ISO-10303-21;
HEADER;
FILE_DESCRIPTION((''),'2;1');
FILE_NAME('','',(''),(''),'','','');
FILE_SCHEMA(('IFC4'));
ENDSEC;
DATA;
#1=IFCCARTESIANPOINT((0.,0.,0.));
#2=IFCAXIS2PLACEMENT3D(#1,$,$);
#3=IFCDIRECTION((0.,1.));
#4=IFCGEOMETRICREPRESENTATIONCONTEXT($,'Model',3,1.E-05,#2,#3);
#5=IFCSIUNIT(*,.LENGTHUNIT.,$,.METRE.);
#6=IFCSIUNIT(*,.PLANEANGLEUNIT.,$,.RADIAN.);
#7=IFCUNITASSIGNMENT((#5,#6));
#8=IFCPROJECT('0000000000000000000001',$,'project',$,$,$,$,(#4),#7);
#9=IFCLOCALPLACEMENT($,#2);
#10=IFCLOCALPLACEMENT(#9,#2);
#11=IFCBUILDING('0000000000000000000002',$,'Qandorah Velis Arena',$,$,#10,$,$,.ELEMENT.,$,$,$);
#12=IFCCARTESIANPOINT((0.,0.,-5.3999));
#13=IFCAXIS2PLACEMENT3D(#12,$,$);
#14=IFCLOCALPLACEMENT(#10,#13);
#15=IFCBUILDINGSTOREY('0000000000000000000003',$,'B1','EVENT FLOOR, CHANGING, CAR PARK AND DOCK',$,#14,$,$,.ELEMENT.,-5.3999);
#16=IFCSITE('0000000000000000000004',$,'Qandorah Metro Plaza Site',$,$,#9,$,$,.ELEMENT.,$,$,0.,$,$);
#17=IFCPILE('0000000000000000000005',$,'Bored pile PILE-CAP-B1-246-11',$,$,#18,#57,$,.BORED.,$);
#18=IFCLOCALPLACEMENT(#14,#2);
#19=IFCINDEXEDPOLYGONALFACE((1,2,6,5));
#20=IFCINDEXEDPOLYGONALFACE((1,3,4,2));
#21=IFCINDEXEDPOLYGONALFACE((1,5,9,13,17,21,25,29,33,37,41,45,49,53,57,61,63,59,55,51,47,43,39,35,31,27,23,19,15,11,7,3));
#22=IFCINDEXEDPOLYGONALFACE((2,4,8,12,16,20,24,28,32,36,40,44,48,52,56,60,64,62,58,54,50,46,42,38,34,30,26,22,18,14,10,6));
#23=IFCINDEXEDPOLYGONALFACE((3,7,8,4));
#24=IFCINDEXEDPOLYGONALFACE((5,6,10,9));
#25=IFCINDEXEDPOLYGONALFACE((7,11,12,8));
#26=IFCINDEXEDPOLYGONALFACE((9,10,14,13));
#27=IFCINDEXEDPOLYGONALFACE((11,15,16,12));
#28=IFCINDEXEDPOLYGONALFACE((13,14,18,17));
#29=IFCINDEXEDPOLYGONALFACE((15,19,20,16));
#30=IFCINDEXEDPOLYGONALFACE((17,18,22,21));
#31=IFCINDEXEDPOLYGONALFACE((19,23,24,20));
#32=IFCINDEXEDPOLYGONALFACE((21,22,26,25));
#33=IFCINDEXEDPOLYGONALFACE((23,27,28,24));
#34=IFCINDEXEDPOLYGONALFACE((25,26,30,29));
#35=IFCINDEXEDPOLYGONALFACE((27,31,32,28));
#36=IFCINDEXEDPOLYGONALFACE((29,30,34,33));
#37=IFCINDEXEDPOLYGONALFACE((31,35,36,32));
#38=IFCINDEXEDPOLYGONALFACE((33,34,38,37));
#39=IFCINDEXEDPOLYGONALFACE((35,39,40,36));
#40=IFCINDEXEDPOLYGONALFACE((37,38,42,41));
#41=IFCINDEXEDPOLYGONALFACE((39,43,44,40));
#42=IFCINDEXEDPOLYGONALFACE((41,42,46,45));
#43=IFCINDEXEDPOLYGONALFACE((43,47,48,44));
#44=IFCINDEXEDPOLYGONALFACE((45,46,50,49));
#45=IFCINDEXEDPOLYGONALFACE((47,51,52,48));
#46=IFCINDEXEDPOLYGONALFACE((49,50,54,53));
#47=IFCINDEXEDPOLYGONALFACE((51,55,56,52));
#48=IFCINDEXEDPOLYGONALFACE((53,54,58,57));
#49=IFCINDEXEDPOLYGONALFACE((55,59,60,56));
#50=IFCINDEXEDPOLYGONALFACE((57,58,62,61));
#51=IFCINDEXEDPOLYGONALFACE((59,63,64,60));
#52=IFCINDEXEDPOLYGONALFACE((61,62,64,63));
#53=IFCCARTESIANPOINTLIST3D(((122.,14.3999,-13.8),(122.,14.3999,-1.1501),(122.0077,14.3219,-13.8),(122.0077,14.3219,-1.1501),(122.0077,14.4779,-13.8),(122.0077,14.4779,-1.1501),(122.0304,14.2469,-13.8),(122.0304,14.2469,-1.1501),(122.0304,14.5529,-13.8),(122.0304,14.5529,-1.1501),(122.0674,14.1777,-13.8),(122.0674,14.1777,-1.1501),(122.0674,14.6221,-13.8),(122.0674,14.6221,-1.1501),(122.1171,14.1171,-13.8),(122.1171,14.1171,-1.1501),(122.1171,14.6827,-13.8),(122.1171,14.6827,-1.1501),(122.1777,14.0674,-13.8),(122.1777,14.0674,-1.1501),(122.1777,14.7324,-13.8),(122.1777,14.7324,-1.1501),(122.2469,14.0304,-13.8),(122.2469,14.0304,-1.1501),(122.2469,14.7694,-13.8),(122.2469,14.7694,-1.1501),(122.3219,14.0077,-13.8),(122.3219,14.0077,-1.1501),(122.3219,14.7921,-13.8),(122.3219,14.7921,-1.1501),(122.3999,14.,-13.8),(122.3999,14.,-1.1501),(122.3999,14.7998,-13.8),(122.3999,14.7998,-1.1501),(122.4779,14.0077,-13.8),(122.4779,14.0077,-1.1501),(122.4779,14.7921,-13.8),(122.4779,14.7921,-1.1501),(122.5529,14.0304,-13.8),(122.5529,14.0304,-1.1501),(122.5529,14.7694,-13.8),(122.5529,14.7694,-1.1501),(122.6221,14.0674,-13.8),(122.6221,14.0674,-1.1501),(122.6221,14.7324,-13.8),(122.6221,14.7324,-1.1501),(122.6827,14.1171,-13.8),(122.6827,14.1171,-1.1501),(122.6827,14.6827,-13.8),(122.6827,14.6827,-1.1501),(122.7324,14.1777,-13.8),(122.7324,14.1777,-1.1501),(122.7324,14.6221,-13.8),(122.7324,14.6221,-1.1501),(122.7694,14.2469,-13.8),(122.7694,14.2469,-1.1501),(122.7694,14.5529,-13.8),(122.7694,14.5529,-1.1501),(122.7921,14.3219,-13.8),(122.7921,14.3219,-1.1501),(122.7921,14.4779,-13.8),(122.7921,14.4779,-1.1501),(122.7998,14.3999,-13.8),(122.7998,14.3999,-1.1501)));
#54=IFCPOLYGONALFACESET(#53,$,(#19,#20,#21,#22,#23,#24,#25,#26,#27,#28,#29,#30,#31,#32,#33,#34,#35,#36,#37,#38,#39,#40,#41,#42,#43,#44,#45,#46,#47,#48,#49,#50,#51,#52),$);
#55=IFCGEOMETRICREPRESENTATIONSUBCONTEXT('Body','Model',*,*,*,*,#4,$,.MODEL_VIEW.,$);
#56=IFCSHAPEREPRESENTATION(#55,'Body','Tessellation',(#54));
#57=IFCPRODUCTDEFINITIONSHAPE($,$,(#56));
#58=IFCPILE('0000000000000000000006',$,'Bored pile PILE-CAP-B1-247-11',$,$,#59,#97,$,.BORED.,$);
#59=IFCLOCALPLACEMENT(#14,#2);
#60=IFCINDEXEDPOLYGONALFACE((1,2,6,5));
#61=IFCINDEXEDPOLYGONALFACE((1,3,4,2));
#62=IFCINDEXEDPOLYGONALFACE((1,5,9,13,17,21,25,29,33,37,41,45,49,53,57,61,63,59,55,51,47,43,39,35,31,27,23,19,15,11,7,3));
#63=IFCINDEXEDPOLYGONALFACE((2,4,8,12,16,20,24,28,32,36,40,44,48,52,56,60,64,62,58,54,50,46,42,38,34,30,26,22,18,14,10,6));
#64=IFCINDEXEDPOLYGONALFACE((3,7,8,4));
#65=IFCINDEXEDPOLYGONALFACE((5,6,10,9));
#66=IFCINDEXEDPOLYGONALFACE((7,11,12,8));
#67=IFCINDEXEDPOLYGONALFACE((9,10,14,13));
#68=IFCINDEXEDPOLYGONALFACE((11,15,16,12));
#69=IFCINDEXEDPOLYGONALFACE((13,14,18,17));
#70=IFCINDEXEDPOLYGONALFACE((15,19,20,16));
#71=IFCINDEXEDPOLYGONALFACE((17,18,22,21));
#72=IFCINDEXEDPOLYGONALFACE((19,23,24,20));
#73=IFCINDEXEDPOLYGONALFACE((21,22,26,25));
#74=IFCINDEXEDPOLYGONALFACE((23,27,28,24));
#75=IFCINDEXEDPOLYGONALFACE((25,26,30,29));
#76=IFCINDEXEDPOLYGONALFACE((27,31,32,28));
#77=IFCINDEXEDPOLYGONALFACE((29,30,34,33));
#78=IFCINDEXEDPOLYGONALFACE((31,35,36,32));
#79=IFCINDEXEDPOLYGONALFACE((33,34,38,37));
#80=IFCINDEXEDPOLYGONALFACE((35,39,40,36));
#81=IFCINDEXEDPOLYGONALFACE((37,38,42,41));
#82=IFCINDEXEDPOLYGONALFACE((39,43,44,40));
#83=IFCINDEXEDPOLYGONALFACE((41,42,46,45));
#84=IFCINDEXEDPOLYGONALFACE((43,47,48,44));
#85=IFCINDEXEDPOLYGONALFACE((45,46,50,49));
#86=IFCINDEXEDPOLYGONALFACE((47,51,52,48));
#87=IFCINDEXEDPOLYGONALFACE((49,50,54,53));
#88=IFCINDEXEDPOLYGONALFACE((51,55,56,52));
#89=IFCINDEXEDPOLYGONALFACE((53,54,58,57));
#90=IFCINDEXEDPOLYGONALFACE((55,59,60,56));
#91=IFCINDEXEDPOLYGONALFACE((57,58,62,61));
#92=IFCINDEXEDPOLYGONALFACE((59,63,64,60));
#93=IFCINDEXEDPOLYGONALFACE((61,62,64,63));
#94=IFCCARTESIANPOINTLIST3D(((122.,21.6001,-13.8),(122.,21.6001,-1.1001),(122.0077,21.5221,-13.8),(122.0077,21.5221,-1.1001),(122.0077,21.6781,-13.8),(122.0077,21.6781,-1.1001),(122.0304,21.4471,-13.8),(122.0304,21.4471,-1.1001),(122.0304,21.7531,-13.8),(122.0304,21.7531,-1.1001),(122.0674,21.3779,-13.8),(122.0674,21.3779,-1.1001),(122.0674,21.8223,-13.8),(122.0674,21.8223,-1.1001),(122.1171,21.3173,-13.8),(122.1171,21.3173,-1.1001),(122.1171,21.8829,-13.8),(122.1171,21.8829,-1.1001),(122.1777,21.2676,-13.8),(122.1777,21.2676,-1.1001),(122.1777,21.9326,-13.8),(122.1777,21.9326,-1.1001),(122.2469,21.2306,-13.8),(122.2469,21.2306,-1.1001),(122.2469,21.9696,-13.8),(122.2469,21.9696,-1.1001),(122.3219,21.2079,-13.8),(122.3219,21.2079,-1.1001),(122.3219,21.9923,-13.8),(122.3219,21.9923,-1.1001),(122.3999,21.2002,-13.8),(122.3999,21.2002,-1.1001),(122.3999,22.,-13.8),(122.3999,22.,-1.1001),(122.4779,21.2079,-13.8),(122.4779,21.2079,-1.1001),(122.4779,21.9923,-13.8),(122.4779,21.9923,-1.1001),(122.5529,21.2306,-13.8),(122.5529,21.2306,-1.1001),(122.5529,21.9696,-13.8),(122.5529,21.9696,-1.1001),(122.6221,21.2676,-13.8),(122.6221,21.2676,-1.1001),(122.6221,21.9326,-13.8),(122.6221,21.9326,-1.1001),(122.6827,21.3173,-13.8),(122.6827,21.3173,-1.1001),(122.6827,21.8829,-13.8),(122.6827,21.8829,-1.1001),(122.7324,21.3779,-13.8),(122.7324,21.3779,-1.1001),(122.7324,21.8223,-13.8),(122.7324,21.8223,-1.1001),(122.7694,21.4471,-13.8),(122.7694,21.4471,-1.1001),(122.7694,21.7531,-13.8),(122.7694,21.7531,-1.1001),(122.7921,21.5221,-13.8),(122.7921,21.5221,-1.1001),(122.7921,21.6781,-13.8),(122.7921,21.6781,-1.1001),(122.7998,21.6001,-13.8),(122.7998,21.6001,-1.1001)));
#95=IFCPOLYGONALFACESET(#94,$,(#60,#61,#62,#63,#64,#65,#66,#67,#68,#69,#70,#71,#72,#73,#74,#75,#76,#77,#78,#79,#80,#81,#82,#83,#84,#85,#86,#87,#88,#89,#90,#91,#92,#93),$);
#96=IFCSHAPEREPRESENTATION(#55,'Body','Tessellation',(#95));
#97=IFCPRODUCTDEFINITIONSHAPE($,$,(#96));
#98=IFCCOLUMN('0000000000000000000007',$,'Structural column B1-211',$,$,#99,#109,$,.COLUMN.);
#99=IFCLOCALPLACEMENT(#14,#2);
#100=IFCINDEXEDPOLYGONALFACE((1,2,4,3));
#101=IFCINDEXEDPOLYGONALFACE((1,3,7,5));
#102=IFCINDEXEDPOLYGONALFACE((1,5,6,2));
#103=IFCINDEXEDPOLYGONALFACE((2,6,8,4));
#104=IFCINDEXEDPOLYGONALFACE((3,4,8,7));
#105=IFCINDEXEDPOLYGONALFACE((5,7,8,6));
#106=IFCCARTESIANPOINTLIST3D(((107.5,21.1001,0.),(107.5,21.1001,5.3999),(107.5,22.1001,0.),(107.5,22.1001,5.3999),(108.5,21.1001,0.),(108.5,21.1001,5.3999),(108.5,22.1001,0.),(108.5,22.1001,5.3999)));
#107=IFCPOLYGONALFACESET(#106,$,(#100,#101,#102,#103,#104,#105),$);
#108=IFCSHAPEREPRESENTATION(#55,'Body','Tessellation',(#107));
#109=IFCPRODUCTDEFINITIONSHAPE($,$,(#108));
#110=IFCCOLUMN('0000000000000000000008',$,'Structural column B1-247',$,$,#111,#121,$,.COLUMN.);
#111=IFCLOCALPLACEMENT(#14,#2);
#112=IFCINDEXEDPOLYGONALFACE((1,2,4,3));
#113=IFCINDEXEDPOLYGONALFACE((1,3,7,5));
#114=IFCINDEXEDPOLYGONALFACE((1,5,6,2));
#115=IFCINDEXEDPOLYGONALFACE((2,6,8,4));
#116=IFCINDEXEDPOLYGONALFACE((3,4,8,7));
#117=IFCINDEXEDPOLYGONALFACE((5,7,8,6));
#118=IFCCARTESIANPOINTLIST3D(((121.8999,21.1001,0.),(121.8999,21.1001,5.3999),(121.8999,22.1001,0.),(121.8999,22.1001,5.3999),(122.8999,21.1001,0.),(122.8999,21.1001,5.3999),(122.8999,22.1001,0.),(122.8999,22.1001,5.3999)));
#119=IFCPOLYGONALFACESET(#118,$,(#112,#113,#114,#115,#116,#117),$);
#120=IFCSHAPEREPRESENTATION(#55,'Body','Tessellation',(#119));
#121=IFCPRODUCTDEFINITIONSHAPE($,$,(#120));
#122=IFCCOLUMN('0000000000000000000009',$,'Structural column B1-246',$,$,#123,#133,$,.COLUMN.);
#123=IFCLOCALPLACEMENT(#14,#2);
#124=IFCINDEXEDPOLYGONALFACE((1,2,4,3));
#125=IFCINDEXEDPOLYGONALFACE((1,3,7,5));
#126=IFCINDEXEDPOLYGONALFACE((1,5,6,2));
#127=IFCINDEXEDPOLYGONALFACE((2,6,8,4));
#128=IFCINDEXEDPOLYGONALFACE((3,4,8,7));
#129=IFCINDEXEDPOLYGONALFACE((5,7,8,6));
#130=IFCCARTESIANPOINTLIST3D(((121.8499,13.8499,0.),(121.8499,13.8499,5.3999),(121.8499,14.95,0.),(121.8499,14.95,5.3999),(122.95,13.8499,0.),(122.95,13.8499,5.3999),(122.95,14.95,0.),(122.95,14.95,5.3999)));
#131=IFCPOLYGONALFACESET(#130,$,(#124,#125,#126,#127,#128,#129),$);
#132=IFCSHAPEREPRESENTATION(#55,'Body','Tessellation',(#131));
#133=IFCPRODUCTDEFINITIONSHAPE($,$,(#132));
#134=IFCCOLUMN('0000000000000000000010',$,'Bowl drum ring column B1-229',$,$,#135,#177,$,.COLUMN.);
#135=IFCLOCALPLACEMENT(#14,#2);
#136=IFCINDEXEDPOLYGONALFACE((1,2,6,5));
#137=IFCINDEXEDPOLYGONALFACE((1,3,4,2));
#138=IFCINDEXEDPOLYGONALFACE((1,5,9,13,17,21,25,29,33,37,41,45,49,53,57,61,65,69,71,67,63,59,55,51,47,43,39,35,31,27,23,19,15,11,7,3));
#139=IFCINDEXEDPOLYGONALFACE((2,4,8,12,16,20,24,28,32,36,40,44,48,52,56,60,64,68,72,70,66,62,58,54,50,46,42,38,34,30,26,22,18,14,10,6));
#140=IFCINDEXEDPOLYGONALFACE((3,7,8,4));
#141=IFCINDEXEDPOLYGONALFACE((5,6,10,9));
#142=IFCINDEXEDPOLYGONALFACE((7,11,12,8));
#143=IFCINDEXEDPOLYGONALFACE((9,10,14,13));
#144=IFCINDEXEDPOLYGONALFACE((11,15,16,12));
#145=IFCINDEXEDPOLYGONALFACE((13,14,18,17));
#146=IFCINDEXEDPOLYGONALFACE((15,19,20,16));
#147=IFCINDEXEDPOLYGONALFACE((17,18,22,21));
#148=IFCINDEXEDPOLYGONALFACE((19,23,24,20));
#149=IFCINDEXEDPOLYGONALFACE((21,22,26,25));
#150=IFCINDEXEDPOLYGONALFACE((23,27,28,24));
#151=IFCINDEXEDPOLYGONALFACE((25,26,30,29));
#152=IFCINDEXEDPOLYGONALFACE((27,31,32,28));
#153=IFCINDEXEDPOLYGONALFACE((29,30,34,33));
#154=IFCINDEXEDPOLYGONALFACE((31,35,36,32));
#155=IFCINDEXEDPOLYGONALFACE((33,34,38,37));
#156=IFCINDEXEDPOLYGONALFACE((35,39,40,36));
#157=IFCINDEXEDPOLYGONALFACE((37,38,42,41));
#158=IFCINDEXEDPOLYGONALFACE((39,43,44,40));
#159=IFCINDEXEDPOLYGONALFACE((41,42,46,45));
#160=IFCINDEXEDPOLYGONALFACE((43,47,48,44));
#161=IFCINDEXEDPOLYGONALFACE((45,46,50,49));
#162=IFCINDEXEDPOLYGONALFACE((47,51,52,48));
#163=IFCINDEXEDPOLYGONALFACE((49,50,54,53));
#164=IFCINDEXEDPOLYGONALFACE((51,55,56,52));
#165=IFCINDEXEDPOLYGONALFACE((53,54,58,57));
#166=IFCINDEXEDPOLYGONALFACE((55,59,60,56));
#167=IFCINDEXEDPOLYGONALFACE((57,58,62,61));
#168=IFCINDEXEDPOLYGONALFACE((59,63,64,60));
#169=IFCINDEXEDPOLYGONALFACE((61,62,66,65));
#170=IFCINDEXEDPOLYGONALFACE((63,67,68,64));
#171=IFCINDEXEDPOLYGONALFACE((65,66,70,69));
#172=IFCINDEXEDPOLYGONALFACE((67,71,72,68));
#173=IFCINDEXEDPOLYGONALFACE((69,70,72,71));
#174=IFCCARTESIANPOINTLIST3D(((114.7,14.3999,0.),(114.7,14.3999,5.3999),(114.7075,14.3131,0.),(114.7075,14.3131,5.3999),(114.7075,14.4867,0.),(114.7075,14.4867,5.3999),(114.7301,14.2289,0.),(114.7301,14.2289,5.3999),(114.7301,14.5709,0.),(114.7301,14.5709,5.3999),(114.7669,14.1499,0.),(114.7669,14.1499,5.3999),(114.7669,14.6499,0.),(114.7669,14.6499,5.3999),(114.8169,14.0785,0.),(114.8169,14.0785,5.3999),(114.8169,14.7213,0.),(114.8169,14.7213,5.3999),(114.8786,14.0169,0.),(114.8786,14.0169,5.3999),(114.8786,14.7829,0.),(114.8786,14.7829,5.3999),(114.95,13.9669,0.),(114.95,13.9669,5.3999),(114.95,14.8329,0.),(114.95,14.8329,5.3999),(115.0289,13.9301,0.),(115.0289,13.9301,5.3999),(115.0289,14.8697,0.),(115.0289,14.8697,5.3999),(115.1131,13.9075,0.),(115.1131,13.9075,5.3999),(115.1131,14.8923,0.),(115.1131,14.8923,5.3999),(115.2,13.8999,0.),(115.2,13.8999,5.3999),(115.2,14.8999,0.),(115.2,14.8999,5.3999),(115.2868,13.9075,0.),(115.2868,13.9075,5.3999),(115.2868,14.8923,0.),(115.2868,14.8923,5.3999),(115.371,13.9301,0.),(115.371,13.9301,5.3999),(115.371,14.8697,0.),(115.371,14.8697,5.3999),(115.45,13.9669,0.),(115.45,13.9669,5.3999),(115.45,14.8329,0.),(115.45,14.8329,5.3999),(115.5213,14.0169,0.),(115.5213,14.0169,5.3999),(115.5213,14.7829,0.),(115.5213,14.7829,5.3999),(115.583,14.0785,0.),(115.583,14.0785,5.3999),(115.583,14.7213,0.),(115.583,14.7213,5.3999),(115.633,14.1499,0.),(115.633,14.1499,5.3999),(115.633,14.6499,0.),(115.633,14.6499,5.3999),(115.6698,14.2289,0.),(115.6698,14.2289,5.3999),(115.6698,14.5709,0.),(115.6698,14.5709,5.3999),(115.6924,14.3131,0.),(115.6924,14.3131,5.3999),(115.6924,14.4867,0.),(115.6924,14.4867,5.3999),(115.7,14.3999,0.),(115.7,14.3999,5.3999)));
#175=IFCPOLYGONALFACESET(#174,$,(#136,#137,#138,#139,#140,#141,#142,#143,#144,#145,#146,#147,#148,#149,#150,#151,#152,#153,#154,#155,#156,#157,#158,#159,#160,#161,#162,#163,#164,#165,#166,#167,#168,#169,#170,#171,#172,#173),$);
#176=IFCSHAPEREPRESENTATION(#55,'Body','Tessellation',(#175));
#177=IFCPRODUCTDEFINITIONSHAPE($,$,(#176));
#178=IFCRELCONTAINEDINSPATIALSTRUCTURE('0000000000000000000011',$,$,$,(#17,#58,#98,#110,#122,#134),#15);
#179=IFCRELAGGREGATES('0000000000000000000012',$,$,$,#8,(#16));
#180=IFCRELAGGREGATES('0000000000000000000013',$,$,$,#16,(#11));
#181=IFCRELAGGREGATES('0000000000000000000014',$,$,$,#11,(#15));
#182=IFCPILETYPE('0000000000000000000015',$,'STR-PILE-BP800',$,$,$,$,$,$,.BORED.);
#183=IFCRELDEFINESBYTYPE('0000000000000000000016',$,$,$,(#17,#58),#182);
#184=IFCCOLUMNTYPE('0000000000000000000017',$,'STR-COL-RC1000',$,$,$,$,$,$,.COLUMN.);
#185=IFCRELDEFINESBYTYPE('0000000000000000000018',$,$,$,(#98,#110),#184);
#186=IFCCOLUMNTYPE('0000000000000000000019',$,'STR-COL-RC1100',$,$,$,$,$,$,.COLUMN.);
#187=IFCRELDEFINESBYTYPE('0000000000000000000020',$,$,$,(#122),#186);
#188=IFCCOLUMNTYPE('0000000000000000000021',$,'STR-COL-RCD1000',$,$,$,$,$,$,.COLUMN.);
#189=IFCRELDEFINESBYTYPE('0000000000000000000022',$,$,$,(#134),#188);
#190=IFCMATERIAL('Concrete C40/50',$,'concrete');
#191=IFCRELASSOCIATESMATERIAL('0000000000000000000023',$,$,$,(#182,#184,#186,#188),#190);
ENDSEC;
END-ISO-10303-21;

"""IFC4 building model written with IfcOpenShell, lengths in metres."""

from ifc_helpers import new_model, si_unit, direction, frame, origin, origin_2d, place, context, subcontext, project, spatial, rectangle, circle, extrude, material, material_profile, profile_set, type_object, element, save


model = new_model("IFC4")

# Units and contexts
model_context = context("Model", 3, precision=1e-05, world=origin(), true_north=direction((0.0, 1.0)))
body_context = subcontext(model_context, "Body", "Model", "MODEL_VIEW")
ifc_project = project(units=[si_unit("LENGTHUNIT", "METRE"), si_unit("PLANEANGLEUNIT", "RADIAN")], contexts=[model_context])

# Site, building, storey
site_placement = place(None, origin())
site = spatial("IfcSite", under=ifc_project, at=site_placement, Name="Qandorah Metro Plaza Site", CompositionType="ELEMENT", RefElevation=0.0)
building_placement = place(site_placement, origin())
building = spatial("IfcBuilding", under=site, at=building_placement, Name="Qandorah Velis Arena", CompositionType="ELEMENT")
storey_placement = place(building_placement, frame((0.0, 0.0, -5.3999)))
storey = spatial("IfcBuildingStorey", under=building, at=storey_placement, Name="B1", Description="EVENT FLOOR, CHANGING, CAR PARK AND DOCK", CompositionType="ELEMENT", Elevation=-5.3999)

# Shared definitions
ifc_material_1 = material(Name="Concrete C40/50", Category="concrete")

# Piles
ifc_material_profile_1 = material_profile(ifc_material_1, circle(Radius=0.3999, at=origin_2d()), Name="BORED PILE D800")
ifc_profile_set_1 = profile_set([ifc_material_profile_1], Name="Concrete C40/50")
pile_type_1 = type_object("IfcPileType", Name="STR-PILE-BP800", PredefinedType="BORED", material=ifc_profile_set_1)
pile_1_placement = place(storey_placement, frame((122.3999, 14.3999, -1.1501), z_axis=(0.0, 0.0, -1.0), x_axis=(1.0, 0.0, 0.0)))
element("IfcPile", 1, at=pile_1_placement, inside=storey, type_object=pile_type_1, Name="Bored pile PILE-CAP-B1-246-11", PredefinedType="BORED", context=body_context, shape_type="SweptSolid", body=[
    extrude(circle(Radius=0.3999, at=origin_2d()), origin(), (0.0, 0.0, 1.0), 12.6499),
])
pile_2_placement = place(storey_placement, frame((122.3999, 21.6001, -1.1001), z_axis=(0.0, 0.0, -1.0), x_axis=(1.0, 0.0, 0.0)))
element("IfcPile", 2, at=pile_2_placement, inside=storey, type_object=pile_type_1, Name="Bored pile PILE-CAP-B1-247-11", PredefinedType="BORED", context=body_context, shape_type="SweptSolid", body=[
    extrude(circle(Radius=0.3999, at=origin_2d()), origin(), (0.0, 0.0, 1.0), 12.7),
])

# Columns
ifc_material_profile_2 = material_profile(ifc_material_1, rectangle(XDim=1.0, YDim=1.0, at=origin_2d()), Name="RC COL 1000x1000")
ifc_profile_set_2 = profile_set([ifc_material_profile_2], Name="Concrete C40/50")
column_type_1 = type_object("IfcColumnType", Name="STR-COL-RC1000", PredefinedType="COLUMN", material=ifc_profile_set_2)
for number, where, z_axis, x_axis, name in (
    (3, (108.0, 21.6001, 0.0), (0.0, 0.0, 1.0), (1.0, 0.0, 0.0), "Structural column B1-211"),
    (4, (122.3999, 21.6001, 0.0), (0.0, 0.0, 1.0), (1.0, 0.0, 0.0), "Structural column B1-247"),
):
    element("IfcColumn", number, at=place(storey_placement, frame(where, z_axis=z_axis, x_axis=x_axis)), inside=storey, type_object=column_type_1, Name=name, PredefinedType="COLUMN", context=body_context, shape_type="SweptSolid", body=[
        extrude(rectangle(XDim=1.0, YDim=1.0, at=origin_2d()), origin(), (0.0, 0.0, 1.0), 5.3999),
    ])
ifc_material_profile_3 = material_profile(ifc_material_1, rectangle(XDim=1.1001, YDim=1.1001, at=origin_2d()), Name="RC COL 1100x1100")
ifc_profile_set_3 = profile_set([ifc_material_profile_3], Name="Concrete C40/50")
column_type_2 = type_object("IfcColumnType", Name="STR-COL-RC1100", PredefinedType="COLUMN", material=ifc_profile_set_3)
column_placement = place(storey_placement, frame((122.3999, 14.3999, 0.0), z_axis=(0.0, 0.0, 1.0), x_axis=(1.0, 0.0, 0.0)))
element("IfcColumn", 5, at=column_placement, inside=storey, type_object=column_type_2, Name="Structural column B1-246", PredefinedType="COLUMN", context=body_context, shape_type="SweptSolid", body=[
    extrude(rectangle(XDim=1.1001, YDim=1.1001, at=origin_2d()), origin(), (0.0, 0.0, 1.0), 5.3999),
])
ifc_material_profile_4 = material_profile(ifc_material_1, circle(Radius=0.5, at=origin_2d()), Name="RC D1000")
ifc_profile_set_4 = profile_set([ifc_material_profile_4], Name="Concrete C40/50")
column_type_3 = type_object("IfcColumnType", Name="STR-COL-RCD1000", PredefinedType="COLUMN", material=ifc_profile_set_4)
for number, where, z_axis, x_axis, name in (
    (6, (115.2, 14.3999, 0.0), (0.0, 0.0, 1.0), (1.0, 0.0, 0.0), "Bowl drum ring column B1-229"),
):
    element("IfcColumn", number, at=place(storey_placement, frame(where, z_axis=z_axis, x_axis=x_axis)), inside=storey, type_object=column_type_3, Name=name, PredefinedType="COLUMN", context=body_context, shape_type="SweptSolid", body=[
        extrude(circle(Radius=0.5, at=origin_2d()), origin(), (0.0, 0.0, 1.0), 5.3999),
    ])

save(model, "model.ifc")
